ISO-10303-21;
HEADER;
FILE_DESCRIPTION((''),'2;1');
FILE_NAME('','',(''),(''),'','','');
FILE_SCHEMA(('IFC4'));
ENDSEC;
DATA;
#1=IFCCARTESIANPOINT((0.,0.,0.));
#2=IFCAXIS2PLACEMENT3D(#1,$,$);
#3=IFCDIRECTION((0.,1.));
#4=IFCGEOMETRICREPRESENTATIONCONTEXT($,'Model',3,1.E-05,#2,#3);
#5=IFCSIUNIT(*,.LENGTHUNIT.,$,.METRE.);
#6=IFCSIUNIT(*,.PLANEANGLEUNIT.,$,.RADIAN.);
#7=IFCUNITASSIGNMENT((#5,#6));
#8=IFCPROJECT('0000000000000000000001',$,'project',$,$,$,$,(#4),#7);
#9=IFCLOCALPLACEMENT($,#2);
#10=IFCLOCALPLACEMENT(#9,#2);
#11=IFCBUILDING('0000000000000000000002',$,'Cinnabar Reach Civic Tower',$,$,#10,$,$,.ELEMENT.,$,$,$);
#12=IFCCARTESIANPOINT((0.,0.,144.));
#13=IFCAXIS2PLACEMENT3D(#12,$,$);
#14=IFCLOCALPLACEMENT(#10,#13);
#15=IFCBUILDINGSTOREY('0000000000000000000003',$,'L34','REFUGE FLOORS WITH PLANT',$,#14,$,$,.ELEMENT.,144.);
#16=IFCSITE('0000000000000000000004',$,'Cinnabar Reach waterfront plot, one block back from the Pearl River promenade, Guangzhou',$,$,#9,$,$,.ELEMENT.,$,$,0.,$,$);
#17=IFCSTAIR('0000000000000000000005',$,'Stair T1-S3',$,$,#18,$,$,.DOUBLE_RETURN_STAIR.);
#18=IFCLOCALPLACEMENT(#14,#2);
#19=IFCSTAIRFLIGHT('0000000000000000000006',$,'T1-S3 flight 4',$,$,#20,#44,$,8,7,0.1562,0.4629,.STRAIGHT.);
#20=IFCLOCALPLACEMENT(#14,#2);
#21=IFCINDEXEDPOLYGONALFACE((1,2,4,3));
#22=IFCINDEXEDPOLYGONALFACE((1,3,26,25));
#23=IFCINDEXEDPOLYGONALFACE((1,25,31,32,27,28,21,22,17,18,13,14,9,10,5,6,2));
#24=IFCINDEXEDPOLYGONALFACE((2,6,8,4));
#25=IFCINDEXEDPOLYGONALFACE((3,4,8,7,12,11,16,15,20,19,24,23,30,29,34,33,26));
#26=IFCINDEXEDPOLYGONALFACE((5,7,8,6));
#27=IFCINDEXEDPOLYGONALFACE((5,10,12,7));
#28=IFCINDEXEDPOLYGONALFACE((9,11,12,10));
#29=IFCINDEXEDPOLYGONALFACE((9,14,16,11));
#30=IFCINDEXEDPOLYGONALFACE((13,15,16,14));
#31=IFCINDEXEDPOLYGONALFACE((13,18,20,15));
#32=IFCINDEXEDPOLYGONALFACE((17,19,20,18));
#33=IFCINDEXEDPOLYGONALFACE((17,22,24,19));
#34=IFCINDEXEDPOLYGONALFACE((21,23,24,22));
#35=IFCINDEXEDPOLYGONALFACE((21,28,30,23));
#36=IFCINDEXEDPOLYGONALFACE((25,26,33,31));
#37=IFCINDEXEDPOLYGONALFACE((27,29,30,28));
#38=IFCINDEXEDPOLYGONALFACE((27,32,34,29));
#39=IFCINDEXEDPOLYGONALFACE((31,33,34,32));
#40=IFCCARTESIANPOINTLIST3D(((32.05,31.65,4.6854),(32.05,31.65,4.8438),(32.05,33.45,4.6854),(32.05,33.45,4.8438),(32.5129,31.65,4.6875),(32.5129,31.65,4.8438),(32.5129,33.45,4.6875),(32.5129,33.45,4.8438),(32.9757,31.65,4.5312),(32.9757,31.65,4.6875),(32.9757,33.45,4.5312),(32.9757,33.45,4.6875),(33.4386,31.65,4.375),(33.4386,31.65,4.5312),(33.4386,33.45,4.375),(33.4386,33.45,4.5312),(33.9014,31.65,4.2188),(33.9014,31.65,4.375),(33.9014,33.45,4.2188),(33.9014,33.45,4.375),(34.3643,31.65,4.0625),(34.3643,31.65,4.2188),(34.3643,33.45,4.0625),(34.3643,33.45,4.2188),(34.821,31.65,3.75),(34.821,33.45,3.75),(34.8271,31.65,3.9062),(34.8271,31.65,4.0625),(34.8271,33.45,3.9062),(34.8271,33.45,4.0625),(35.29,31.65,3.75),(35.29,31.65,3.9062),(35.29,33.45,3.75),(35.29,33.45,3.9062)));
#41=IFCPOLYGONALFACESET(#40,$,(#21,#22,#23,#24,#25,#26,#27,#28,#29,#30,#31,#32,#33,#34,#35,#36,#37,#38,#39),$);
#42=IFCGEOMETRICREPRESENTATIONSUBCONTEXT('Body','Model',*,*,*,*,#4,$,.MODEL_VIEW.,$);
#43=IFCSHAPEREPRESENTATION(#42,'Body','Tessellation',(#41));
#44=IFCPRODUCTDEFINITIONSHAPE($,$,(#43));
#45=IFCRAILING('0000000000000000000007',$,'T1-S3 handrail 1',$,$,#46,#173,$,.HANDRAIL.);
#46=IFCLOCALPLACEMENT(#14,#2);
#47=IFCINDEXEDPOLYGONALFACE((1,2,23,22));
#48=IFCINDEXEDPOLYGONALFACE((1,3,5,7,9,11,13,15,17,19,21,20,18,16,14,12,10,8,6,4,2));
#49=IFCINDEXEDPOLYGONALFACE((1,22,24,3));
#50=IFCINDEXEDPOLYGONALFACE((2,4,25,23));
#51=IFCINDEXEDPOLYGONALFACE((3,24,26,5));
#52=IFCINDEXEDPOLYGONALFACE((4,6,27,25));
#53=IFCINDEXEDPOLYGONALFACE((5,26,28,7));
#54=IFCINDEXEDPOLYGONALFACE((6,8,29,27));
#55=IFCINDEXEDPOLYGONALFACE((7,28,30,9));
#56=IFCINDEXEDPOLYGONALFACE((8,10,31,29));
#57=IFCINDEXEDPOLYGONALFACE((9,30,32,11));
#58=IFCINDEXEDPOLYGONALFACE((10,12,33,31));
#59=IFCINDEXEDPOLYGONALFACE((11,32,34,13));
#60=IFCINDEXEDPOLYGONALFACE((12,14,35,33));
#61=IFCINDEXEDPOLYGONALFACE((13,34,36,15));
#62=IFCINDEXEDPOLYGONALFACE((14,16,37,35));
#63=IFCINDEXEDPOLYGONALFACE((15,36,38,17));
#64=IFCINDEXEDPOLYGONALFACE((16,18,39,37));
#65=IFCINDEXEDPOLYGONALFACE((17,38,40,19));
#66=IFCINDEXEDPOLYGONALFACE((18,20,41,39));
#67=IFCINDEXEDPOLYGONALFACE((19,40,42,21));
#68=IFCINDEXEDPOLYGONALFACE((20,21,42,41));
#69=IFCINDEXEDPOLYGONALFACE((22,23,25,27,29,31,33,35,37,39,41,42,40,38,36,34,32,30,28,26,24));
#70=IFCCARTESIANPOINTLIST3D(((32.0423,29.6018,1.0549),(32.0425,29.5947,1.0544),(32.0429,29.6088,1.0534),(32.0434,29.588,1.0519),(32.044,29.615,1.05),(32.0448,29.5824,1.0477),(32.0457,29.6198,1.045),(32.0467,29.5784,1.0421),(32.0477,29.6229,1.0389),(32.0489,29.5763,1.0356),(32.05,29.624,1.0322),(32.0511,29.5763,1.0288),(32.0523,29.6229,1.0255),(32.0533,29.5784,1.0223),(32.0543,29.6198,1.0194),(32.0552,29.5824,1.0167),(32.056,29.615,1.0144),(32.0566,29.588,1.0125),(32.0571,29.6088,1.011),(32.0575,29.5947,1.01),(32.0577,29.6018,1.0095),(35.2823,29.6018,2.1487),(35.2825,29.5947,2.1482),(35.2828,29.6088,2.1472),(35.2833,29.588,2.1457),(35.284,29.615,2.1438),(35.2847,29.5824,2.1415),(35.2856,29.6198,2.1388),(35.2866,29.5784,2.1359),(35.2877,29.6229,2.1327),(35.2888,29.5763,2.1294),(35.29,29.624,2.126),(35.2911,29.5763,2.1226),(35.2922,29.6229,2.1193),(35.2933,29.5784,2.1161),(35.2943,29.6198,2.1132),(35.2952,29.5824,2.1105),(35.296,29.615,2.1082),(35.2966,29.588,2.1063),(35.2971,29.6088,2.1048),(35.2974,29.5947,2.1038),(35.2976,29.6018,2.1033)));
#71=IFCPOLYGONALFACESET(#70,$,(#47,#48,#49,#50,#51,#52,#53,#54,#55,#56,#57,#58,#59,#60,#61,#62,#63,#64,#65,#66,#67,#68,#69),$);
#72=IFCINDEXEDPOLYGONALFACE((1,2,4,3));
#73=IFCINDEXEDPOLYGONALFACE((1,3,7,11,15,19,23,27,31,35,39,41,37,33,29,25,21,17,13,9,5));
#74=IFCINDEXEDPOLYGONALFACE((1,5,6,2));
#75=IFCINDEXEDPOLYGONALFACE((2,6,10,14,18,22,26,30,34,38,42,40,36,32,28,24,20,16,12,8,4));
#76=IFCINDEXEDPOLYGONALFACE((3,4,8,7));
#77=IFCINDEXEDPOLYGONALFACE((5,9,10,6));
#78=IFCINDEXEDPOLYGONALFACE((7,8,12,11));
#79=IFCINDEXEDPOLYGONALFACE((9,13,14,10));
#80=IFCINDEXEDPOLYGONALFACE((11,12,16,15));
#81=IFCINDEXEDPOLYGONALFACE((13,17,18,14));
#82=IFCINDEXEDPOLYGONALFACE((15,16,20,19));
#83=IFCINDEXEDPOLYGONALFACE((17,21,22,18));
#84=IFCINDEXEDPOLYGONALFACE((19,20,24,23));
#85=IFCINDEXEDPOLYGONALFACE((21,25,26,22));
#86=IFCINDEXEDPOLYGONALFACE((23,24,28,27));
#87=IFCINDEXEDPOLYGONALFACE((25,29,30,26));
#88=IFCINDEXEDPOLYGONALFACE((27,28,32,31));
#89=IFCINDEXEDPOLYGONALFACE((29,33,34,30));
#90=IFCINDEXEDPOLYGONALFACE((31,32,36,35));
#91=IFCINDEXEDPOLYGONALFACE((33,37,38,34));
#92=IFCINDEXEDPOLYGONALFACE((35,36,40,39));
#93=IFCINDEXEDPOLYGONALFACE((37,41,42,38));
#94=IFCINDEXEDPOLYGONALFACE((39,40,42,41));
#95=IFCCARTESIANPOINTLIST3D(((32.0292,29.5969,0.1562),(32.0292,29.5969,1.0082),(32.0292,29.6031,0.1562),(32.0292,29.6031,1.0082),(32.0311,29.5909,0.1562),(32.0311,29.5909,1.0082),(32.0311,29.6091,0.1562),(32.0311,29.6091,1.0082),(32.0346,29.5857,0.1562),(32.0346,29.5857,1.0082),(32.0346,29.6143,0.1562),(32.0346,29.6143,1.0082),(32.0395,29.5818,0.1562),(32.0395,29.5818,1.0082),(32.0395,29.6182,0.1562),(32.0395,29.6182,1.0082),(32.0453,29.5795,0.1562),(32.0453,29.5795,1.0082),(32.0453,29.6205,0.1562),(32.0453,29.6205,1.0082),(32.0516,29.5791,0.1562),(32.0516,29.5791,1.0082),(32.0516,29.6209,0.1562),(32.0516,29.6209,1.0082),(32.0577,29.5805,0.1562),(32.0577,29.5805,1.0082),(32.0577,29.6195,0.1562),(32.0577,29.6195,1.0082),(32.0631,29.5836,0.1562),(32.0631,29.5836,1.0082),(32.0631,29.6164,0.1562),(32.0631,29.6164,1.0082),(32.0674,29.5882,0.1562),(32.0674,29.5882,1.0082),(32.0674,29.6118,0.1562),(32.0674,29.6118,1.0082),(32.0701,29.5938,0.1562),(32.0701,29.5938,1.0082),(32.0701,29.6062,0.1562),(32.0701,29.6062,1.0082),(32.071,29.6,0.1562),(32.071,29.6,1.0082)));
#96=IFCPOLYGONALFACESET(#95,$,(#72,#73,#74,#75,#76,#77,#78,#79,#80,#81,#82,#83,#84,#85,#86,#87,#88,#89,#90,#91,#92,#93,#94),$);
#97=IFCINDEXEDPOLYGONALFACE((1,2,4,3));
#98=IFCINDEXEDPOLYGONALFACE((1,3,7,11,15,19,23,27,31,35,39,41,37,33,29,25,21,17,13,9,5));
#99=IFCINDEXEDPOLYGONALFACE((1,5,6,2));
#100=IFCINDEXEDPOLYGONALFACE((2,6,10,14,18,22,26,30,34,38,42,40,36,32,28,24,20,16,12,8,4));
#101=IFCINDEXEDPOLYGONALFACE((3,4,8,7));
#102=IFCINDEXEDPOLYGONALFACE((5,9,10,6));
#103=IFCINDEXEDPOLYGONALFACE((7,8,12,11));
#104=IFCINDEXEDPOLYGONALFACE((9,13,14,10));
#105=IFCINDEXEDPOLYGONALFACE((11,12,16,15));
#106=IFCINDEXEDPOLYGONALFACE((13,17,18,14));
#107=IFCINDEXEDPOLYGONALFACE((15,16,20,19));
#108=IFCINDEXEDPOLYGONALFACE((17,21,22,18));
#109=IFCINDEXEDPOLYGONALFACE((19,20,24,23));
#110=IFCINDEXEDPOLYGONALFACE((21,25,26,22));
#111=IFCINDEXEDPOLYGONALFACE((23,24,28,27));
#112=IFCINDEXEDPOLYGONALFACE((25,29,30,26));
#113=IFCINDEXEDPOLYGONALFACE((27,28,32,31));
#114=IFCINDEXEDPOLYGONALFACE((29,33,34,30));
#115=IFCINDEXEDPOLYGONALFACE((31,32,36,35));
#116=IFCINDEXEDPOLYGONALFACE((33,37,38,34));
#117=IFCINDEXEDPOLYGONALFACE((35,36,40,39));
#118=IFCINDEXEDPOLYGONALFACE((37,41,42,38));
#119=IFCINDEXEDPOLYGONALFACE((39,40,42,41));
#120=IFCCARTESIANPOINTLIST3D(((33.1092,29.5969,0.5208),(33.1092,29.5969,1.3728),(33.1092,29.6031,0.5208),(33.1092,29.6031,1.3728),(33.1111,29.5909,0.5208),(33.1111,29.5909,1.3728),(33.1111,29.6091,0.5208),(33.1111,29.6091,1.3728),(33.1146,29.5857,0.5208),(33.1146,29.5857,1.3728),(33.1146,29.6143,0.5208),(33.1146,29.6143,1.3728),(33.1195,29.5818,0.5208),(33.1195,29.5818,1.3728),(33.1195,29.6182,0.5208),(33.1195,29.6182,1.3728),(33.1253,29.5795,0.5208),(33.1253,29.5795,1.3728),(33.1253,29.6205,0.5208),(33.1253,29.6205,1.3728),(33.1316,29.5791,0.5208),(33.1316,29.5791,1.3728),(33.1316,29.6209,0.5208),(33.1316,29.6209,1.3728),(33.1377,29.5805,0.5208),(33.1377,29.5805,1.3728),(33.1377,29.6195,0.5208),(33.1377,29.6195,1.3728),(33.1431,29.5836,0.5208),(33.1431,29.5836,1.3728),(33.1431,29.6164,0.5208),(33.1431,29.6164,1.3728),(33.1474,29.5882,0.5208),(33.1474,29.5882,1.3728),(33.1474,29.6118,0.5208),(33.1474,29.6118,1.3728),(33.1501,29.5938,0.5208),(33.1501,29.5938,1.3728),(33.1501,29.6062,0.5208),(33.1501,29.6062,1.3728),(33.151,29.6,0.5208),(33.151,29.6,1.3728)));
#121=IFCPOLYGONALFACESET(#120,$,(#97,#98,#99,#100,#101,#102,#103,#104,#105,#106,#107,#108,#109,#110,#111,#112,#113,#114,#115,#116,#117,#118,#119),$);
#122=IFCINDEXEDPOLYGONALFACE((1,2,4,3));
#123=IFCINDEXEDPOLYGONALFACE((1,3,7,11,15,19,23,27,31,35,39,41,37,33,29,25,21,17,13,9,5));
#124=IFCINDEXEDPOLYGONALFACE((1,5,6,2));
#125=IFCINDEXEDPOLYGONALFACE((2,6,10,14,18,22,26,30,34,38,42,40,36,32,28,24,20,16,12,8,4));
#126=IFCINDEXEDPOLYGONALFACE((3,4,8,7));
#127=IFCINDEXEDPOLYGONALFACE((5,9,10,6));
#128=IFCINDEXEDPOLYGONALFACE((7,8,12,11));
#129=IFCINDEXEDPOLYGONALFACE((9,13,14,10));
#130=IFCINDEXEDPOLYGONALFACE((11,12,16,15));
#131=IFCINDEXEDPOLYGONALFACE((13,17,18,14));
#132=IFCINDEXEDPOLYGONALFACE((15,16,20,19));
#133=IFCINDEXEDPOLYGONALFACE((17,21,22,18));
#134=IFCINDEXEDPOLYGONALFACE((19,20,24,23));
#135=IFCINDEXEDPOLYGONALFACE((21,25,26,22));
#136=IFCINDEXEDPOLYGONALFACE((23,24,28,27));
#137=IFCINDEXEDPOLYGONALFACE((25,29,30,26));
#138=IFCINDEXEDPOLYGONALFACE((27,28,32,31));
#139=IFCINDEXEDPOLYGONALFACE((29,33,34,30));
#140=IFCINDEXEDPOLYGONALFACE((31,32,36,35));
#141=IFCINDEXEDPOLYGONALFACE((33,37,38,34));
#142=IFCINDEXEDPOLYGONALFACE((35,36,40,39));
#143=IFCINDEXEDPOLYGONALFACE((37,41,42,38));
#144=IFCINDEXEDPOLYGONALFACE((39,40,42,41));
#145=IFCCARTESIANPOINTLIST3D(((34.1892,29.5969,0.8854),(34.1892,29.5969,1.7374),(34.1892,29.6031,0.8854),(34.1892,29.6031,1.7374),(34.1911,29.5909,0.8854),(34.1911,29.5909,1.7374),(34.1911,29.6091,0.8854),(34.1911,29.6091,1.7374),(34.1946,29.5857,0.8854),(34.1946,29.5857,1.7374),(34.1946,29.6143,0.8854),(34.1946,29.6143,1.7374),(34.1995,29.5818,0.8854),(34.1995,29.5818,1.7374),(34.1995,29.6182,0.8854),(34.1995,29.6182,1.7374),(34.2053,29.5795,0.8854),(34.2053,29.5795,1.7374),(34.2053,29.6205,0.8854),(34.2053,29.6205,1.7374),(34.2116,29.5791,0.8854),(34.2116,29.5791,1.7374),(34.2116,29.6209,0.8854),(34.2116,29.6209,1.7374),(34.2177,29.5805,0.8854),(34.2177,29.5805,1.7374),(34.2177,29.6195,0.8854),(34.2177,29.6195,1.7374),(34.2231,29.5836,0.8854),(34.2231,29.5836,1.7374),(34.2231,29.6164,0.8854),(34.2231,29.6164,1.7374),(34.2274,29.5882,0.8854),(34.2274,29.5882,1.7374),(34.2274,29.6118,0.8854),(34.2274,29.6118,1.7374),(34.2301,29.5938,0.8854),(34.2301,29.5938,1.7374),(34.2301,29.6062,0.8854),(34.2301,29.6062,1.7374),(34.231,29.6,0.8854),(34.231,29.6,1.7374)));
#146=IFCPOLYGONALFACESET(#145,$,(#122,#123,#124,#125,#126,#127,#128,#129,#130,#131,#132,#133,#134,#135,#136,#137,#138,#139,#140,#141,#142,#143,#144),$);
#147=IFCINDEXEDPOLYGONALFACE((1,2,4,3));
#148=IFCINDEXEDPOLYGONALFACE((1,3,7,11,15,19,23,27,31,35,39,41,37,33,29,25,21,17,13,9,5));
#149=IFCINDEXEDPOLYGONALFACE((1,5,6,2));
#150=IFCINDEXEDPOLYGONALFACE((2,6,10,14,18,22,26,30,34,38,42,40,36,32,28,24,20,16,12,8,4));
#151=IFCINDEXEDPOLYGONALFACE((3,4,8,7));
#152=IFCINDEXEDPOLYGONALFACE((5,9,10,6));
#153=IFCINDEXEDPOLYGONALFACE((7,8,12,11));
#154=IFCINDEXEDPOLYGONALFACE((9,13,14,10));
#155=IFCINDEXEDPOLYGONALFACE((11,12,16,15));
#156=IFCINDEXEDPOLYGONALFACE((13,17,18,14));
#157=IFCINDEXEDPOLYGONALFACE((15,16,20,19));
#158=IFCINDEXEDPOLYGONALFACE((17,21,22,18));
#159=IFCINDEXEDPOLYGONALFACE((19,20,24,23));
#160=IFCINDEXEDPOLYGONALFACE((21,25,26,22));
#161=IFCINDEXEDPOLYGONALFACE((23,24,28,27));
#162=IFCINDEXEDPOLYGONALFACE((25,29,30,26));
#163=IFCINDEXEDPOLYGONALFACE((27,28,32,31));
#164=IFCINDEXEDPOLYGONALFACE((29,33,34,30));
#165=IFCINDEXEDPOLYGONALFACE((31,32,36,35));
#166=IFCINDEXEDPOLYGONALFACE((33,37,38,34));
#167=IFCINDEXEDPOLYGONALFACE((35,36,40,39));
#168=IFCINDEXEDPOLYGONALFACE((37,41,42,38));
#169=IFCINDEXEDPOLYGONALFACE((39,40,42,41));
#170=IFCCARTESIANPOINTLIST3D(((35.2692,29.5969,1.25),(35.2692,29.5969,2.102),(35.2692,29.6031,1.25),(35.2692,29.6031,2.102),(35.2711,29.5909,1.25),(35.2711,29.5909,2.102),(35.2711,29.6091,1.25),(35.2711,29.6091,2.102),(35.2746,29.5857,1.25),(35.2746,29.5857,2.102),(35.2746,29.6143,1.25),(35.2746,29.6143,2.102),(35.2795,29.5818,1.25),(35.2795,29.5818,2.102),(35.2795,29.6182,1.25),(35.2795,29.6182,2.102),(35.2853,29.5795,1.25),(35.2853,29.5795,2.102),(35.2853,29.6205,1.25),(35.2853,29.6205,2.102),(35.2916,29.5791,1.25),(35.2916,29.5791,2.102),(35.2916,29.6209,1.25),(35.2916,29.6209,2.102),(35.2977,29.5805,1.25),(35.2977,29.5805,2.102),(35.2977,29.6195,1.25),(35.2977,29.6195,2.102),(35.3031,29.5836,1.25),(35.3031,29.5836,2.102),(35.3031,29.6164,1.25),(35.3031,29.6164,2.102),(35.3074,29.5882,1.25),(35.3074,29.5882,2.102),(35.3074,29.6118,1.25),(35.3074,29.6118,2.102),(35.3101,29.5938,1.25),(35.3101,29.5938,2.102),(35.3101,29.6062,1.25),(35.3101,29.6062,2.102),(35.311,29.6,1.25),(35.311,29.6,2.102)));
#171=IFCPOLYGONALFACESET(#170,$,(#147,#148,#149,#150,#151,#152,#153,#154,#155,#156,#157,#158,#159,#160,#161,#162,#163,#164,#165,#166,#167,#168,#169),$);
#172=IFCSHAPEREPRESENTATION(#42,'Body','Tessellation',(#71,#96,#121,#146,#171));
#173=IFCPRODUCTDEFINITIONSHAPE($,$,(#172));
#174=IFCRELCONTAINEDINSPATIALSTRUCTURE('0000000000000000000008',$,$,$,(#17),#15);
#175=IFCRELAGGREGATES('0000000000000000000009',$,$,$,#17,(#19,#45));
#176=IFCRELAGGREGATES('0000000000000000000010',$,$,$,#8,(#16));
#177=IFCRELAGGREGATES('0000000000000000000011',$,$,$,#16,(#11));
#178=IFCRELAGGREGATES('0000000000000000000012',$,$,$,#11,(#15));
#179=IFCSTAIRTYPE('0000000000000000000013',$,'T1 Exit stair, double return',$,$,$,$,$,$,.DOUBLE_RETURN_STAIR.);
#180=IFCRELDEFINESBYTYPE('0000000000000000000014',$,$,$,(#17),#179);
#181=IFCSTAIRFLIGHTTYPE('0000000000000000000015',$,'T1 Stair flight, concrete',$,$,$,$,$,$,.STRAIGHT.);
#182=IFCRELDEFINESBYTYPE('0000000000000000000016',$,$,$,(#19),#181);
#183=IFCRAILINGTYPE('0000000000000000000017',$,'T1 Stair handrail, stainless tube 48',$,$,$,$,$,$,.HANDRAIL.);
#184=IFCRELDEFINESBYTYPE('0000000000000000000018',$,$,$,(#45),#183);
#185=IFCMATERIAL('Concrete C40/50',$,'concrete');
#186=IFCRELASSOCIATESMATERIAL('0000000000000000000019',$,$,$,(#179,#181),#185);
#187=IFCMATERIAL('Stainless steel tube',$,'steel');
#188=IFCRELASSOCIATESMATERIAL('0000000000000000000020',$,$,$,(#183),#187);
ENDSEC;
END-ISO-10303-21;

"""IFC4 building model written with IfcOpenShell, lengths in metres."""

from ifc_helpers import new_model, si_unit, direction, frame, origin, origin_2d, place, context, subcontext, project, spatial, polyline, circle, outline, extrude, material, type_object, element, aggregate, save


model = new_model("IFC4")

# Units and contexts
model_context = context("Model", 3, precision=1e-05, world=origin(), true_north=direction((0.0, 1.0)))
body_context = subcontext(model_context, "Body", "Model", "MODEL_VIEW")
ifc_project = project(units=[si_unit("LENGTHUNIT", "METRE"), si_unit("PLANEANGLEUNIT", "RADIAN")], contexts=[model_context])

# Site, building, storey
site_placement = place(None, origin())
site = spatial("IfcSite", under=ifc_project, at=site_placement, Name="Cinnabar Reach waterfront plot, one block back from the Pearl River promenade, Guangzhou", CompositionType="ELEMENT", RefElevation=0.0)
building_placement = place(site_placement, origin())
building = spatial("IfcBuilding", under=site, at=building_placement, Name="Cinnabar Reach Civic Tower", CompositionType="ELEMENT")
storey_placement = place(building_placement, frame((0.0, 0.0, 144.0)))
storey = spatial("IfcBuildingStorey", under=building, at=storey_placement, Name="L34", Description="REFUGE FLOORS WITH PLANT", CompositionType="ELEMENT", Elevation=144.0)

# Stair, stair flight, railing
ifc_material_1 = material(Name="Concrete C40/50", Category="concrete")
stair_type = type_object("IfcStairType", Name="T1 Exit stair, double return", PredefinedType="DOUBLE_RETURN_STAIR", material=ifc_material_1)
stair_placement = place(storey_placement, origin())
stair = element("IfcStair", 1, at=stair_placement, inside=storey, type_object=stair_type, Name="Stair T1-S3", PredefinedType="DOUBLE_RETURN_STAIR")
stair_flight_type = type_object("IfcStairFlightType", Name="T1 Stair flight, concrete", PredefinedType="STRAIGHT", material=ifc_material_1)
stair_flight_1_placement = place(storey_placement, frame((35.29, 32.55, 3.75), z_axis=(0.0, 0.0, 1.0), x_axis=(-1.0, 0.0, 0.0)))
stair_flight_1 = element("IfcStairFlight", 2, at=stair_flight_1_placement, type_object=stair_flight_type, Name="T1-S3 flight 4", NumberOfRisers=8, NumberOfTreads=7, PredefinedType="STRAIGHT", RiserHeight=0.1562, TreadLength=0.4629, context=body_context, shape_type="SweptSolid", body=[
    extrude(outline(polyline([(0.0, 0.0), (0.0, 0.1562), (0.4629, 0.1562), (0.4629, 0.3125), (0.9257, 0.3125), (0.9257, 0.4688), (1.3886, 0.4688), (1.3886, 0.625), (1.8514, 0.625), (1.8514, 0.7812), (2.3143, 0.7812), (2.3143, 0.9375), (2.7771, 0.9375), (2.7771, 1.0938), (3.24, 1.0938), (3.24, 1.25), (3.24, 0.9354), (0.469, 0.0), (0.0, 0.0)])), frame((0.0, 0.9, 0.0), z_axis=(0.0, -1.0, 0.0), x_axis=(1.0, 0.0, 0.0)), (0.0, 0.0, 1.0), 1.8),
])
ifc_material_2 = material(Name="Stainless steel tube", Category="steel")
railing_type = type_object("IfcRailingType", Name="T1 Stair handrail, stainless tube 48", PredefinedType="HANDRAIL", material=ifc_material_2)
railing_1_placement = place(storey_placement, frame((32.05, 29.6, 0.1562)))
railing_1 = element("IfcRailing", 3, at=railing_1_placement, type_object=railing_type, Name="T1-S3 handrail 1", PredefinedType="HANDRAIL", context=body_context, shape_type="SweptSolid", body=[
    extrude(circle(Radius=0.024, at=origin_2d()), frame((0.0, 0.0, 0.876), z_axis=(0.947466, 0.0, 0.319857), x_axis=(0.0, 1.0, 0.0)), (0.0, 0.0, 1.0), 3.4196),
    extrude(circle(Radius=0.021, at=origin_2d()), origin(), (0.0, 0.0, 1.0), 0.852),
    extrude(circle(Radius=0.021, at=origin_2d()), frame((1.08, 0.0, 0.3646)), (0.0, 0.0, 1.0), 0.852),
    extrude(circle(Radius=0.021, at=origin_2d()), frame((2.16, 0.0, 0.7292)), (0.0, 0.0, 1.0), 0.852),
    extrude(circle(Radius=0.021, at=origin_2d()), frame((3.24, 0.0, 1.0938)), (0.0, 0.0, 1.0), 0.852),
])
aggregate(stair, [stair_flight_1, railing_1])

save(model, "model.ifc")
